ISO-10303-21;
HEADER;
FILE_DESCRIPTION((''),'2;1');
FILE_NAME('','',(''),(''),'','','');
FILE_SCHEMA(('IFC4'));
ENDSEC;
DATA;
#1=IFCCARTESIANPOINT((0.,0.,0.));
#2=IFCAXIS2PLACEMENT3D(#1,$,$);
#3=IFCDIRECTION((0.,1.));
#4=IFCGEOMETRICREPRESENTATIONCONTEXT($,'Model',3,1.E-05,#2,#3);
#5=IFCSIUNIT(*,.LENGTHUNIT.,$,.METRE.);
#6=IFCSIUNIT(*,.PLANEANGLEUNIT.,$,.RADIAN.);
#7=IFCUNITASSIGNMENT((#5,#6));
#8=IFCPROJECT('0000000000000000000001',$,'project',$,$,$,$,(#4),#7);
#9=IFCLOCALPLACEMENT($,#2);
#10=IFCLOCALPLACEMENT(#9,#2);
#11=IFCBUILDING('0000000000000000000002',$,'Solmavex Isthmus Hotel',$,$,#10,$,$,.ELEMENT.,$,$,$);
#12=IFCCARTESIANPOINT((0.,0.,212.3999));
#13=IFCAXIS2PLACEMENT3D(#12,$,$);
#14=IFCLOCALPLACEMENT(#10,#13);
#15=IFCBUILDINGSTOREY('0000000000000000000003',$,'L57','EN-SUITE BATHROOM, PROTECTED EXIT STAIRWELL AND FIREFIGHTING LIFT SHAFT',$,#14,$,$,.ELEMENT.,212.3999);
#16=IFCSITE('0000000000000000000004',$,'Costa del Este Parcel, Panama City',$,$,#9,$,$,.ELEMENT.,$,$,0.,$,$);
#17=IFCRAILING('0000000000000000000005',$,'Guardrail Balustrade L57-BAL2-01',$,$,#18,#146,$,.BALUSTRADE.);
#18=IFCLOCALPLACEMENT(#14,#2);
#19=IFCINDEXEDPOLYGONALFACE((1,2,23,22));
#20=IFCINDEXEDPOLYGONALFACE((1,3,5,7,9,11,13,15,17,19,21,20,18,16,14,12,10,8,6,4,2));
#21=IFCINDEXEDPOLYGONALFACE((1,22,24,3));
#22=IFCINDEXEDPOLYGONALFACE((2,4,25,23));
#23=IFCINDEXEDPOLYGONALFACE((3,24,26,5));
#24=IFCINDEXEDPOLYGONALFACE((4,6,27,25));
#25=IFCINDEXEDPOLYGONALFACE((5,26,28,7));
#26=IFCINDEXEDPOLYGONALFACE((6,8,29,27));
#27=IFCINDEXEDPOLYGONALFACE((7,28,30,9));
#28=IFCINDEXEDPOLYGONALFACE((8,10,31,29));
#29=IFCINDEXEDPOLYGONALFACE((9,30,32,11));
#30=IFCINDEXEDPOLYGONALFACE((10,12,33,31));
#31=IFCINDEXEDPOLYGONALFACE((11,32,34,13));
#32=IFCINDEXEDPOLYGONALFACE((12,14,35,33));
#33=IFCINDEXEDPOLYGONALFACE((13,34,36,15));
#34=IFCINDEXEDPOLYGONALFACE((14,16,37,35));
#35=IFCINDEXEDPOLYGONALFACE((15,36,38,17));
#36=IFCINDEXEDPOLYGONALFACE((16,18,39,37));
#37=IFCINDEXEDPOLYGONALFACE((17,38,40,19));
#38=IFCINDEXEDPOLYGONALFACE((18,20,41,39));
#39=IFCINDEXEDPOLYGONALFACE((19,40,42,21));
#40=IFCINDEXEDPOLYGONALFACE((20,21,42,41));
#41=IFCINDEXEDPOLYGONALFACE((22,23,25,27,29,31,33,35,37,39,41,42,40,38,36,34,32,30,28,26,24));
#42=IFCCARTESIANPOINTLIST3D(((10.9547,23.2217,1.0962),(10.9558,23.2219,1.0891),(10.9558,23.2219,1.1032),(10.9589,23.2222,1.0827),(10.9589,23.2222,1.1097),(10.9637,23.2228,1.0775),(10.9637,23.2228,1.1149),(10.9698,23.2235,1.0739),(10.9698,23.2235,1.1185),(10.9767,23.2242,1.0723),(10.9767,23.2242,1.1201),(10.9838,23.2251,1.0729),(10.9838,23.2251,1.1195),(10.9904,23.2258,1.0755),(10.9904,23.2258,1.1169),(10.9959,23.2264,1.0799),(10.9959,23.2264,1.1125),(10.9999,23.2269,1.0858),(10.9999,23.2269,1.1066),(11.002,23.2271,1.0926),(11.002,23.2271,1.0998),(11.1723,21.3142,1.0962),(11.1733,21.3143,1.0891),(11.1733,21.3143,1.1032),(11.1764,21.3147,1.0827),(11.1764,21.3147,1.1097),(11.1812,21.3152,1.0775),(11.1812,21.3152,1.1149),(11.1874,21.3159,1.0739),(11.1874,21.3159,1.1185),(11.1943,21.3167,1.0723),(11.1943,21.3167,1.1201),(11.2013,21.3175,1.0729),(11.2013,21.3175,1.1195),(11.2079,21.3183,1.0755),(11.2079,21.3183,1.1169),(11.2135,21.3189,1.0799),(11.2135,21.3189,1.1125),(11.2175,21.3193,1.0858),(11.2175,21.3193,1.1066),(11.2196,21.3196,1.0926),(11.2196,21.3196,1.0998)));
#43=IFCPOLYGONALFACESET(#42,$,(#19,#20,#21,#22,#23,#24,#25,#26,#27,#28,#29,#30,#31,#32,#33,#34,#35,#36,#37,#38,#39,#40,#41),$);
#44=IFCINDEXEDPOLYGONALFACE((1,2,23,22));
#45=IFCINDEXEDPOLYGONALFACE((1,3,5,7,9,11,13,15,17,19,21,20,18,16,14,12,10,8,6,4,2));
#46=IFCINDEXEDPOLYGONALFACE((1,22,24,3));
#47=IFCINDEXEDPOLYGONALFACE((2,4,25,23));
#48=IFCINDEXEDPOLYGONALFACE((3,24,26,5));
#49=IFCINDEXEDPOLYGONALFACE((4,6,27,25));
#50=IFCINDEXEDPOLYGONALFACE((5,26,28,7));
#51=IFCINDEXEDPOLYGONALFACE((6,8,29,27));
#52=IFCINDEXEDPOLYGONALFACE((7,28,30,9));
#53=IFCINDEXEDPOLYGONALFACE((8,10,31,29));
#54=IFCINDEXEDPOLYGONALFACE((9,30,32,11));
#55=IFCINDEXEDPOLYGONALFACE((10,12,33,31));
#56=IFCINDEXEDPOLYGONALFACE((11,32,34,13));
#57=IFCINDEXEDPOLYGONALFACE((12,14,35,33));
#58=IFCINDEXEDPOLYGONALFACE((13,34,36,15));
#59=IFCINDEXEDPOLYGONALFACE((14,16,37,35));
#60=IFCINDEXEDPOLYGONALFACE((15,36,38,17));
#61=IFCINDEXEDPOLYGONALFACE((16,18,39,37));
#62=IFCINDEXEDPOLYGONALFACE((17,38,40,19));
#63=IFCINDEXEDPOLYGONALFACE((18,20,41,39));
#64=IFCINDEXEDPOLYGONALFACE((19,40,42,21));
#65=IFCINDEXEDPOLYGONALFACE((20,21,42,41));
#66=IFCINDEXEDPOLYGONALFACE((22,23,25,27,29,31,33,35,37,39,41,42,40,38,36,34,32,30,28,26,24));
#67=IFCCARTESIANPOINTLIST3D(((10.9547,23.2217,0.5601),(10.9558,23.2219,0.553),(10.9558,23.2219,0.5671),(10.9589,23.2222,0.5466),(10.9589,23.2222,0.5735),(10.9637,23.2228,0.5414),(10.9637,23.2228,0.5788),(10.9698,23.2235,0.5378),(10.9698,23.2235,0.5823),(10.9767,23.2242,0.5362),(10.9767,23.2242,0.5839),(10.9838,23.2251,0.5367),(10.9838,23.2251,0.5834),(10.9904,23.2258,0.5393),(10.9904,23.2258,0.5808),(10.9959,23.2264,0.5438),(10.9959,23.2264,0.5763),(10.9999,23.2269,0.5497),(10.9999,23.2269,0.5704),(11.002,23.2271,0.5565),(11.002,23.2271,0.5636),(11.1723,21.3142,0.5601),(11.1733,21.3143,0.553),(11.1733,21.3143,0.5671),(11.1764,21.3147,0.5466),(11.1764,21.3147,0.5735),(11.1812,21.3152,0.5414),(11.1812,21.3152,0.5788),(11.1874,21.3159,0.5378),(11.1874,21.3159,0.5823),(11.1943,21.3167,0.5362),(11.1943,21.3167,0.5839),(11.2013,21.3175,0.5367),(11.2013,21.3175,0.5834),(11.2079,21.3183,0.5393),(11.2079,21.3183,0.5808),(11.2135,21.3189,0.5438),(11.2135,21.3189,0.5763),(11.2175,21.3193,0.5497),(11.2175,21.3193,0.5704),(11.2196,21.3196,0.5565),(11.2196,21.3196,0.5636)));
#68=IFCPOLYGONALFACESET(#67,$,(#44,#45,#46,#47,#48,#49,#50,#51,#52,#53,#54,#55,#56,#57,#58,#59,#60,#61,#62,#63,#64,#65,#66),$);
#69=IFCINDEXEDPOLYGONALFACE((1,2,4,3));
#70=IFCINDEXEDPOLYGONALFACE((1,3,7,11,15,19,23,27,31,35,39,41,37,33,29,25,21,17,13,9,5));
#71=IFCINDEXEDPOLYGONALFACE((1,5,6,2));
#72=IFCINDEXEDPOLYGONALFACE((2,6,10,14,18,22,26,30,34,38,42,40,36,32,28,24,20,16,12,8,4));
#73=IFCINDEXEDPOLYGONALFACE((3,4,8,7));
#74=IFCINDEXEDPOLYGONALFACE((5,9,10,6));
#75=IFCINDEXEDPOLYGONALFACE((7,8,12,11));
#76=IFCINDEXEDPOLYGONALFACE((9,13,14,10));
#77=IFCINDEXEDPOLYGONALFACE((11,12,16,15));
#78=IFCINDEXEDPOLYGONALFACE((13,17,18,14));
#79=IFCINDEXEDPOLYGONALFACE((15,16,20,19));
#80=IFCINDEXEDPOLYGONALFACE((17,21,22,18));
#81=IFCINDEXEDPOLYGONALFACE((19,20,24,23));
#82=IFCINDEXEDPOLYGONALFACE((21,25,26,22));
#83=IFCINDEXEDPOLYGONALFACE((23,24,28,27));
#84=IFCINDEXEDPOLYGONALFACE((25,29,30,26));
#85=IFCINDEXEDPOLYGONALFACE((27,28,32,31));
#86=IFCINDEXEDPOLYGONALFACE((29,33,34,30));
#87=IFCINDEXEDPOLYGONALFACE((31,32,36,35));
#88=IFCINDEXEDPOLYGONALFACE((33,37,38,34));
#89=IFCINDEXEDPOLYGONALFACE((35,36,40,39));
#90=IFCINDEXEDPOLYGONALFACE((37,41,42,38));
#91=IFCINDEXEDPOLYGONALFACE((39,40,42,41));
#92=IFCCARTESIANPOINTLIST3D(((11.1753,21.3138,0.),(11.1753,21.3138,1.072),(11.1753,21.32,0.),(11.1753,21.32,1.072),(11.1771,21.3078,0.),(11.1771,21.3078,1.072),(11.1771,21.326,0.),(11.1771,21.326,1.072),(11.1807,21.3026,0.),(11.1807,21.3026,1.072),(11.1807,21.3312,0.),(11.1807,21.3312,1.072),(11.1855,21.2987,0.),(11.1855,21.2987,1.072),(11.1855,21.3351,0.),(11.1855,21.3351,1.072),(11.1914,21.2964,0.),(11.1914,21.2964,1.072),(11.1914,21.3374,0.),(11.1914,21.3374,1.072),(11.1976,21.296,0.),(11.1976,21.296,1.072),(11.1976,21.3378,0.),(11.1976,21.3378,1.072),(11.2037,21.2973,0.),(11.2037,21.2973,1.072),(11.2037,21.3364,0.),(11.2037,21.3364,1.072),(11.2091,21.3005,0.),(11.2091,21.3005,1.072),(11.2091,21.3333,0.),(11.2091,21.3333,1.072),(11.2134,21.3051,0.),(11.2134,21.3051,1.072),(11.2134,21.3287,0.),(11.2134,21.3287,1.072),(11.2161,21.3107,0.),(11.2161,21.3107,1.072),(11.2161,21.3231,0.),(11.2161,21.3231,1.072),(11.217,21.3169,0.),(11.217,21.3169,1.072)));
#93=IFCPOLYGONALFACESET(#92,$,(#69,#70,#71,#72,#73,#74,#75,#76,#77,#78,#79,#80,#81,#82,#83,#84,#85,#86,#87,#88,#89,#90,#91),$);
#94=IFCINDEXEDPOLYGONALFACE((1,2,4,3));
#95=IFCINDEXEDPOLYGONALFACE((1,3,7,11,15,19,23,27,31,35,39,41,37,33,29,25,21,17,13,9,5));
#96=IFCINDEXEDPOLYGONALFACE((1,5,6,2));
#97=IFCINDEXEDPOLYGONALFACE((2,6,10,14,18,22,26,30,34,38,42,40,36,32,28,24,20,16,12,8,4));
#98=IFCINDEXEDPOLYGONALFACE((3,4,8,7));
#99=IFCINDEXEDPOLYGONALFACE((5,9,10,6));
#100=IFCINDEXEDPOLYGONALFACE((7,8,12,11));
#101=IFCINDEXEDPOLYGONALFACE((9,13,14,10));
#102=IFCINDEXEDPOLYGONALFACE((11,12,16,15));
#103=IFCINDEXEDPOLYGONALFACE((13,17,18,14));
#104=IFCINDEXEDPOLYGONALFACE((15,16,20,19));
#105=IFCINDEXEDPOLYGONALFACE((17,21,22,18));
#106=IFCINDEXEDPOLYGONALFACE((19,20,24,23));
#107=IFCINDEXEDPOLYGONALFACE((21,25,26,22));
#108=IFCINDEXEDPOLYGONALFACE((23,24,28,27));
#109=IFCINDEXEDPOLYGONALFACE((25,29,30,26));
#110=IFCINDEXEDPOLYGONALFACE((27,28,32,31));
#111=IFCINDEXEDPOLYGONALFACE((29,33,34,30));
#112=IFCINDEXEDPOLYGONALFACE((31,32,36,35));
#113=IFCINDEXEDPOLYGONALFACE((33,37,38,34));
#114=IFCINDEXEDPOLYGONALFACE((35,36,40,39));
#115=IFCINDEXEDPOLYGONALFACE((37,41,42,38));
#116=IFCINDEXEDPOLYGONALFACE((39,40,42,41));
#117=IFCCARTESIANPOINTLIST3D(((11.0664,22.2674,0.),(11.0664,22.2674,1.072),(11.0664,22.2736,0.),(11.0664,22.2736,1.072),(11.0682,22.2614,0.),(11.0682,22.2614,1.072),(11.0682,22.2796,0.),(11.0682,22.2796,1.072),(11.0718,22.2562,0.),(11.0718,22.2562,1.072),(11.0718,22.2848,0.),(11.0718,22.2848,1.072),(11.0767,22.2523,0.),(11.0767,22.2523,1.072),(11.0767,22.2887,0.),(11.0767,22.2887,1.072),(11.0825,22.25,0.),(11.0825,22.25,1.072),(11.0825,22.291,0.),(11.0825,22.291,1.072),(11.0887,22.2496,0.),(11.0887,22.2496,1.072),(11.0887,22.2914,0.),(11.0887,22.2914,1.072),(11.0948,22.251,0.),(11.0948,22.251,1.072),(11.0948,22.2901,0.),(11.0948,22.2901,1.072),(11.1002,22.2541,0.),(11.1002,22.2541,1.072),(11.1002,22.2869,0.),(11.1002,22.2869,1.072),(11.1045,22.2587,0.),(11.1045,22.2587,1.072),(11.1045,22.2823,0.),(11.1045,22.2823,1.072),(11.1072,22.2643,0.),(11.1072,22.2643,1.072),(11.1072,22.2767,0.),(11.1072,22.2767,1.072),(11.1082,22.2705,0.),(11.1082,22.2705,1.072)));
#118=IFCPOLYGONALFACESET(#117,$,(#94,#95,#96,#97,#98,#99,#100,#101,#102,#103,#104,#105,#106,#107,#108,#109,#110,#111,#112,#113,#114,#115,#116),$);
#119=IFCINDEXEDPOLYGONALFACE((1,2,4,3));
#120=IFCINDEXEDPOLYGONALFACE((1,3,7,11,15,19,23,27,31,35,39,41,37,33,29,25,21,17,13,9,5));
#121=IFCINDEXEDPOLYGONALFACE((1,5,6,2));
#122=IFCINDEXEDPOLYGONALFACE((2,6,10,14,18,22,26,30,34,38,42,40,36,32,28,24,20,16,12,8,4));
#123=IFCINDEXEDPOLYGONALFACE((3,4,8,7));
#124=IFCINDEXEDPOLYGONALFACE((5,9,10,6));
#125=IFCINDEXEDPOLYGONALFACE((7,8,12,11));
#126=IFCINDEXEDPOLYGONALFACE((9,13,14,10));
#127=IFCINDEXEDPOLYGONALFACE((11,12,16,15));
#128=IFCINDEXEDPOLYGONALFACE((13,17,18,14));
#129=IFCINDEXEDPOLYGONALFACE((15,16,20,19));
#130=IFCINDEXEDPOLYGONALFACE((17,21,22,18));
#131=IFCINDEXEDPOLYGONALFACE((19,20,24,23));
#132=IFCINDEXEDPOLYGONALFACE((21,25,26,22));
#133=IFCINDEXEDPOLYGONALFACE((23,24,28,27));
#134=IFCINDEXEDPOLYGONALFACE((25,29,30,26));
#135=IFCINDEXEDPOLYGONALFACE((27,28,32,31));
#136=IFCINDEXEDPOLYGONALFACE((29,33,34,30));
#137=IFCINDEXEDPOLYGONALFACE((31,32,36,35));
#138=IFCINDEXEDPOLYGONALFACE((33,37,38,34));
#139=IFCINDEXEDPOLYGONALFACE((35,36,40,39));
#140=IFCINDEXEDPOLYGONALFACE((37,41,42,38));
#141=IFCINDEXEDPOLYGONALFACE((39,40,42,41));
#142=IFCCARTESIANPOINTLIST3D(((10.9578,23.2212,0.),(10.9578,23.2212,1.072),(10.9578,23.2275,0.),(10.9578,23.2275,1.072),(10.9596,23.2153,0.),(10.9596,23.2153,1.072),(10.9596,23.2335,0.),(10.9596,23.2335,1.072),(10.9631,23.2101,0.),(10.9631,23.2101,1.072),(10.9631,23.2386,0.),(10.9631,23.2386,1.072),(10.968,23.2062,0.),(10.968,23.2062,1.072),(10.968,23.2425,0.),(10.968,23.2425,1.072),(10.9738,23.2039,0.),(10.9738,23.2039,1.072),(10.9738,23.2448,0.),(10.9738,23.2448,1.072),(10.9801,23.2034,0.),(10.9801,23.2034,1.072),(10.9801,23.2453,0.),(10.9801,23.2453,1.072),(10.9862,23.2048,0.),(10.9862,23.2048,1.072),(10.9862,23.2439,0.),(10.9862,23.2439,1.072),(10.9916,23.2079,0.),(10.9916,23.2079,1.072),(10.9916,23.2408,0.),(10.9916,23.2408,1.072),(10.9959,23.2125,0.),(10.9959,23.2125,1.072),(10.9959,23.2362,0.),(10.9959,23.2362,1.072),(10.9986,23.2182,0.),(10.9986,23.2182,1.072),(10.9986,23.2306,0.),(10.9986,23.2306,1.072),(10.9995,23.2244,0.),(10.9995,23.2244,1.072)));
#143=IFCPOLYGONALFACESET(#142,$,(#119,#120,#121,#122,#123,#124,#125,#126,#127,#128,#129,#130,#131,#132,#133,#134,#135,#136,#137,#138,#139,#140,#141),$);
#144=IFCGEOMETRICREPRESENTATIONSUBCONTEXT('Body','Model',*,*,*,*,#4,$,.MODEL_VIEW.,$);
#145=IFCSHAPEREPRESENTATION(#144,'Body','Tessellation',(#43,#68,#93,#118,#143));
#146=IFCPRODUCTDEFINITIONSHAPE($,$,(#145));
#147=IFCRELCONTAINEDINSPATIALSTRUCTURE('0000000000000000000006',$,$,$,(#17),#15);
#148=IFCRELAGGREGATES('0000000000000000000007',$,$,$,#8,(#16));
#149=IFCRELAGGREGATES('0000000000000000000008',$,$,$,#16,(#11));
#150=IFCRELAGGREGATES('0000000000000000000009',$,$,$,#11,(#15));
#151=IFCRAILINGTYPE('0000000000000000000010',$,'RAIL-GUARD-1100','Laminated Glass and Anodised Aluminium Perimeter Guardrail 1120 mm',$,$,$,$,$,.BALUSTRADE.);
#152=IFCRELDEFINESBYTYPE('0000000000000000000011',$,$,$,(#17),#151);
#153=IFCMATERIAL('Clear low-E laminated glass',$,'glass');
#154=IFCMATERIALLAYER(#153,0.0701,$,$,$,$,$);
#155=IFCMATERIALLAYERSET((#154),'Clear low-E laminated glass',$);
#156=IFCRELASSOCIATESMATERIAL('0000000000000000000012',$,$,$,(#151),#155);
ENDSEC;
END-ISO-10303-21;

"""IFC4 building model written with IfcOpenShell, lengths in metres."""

from ifc_helpers import new_model, si_unit, direction, frame, origin, origin_2d, place, context, subcontext, project, spatial, circle, extrude, material, layer, layer_set, type_object, element, save


model = new_model("IFC4")

# Units and contexts
model_context = context("Model", 3, precision=1e-05, world=origin(), true_north=direction((0.0, 1.0)))
body_context = subcontext(model_context, "Body", "Model", "MODEL_VIEW")
ifc_project = project(units=[si_unit("LENGTHUNIT", "METRE"), si_unit("PLANEANGLEUNIT", "RADIAN")], contexts=[model_context])

# Site, building, storey
site_placement = place(None, origin())
site = spatial("IfcSite", under=ifc_project, at=site_placement, Name="Costa del Este Parcel, Panama City", CompositionType="ELEMENT", RefElevation=0.0)
building_placement = place(site_placement, origin())
building = spatial("IfcBuilding", under=site, at=building_placement, Name="Solmavex Isthmus Hotel", CompositionType="ELEMENT")
storey_placement = place(building_placement, frame((0.0, 0.0, 212.3999)))
storey = spatial("IfcBuildingStorey", under=building, at=storey_placement, Name="L57", Description="EN-SUITE BATHROOM, PROTECTED EXIT STAIRWELL AND FIREFIGHTING LIFT SHAFT", CompositionType="ELEMENT", Elevation=212.3999)

# Shared definitions
ifc_material_1 = material(Name="Clear low-E laminated glass", Category="glass")

# Railing
ifc_layer_1 = layer(ifc_material_1, 0.0701)
ifc_layer_set_1 = layer_set([ifc_layer_1], Name="Clear low-E laminated glass")
railing_type = type_object("IfcRailingType", Name="RAIL-GUARD-1100", Description="Laminated Glass and Anodised Aluminium Perimeter Guardrail 1120 mm", PredefinedType="BALUSTRADE", material=ifc_layer_set_1)
railing_1_placement = place(storey_placement, frame((11.196, 21.3169, 0.0)))
element("IfcRailing", 1, at=railing_1_placement, inside=storey, type_object=railing_type, Name="Guardrail Balustrade L57-BAL2-01", PredefinedType="BALUSTRADE", context=body_context, shape_type="SweptSolid", body=[
    extrude(circle(Radius=0.0239, at=origin_2d()), frame((0.0, 0.0, 1.0962), z_axis=(-0.113306, 0.99356, 0.0), x_axis=(-0.99356, -0.113306, 0.0)), (0.0, 0.0, 1.0), 1.9199),
    extrude(circle(Radius=0.0239, at=origin_2d()), frame((0.0, 0.0, 0.5601), z_axis=(-0.113306, 0.99356, 0.0), x_axis=(-0.99356, -0.113306, 0.0)), (0.0, 0.0, 1.0), 1.9199),
    extrude(circle(Radius=0.021, at=origin_2d()), origin(), (0.0, 0.0, 1.0), 1.072),
    extrude(circle(Radius=0.021, at=origin_2d()), frame((-0.1089, 0.9536, 0.0)), (0.0, 0.0, 1.0), 1.072),
    extrude(circle(Radius=0.021, at=origin_2d()), frame((-0.2175, 1.9075, 0.0)), (0.0, 0.0, 1.0), 1.072),
])

save(model, "model.ifc")
